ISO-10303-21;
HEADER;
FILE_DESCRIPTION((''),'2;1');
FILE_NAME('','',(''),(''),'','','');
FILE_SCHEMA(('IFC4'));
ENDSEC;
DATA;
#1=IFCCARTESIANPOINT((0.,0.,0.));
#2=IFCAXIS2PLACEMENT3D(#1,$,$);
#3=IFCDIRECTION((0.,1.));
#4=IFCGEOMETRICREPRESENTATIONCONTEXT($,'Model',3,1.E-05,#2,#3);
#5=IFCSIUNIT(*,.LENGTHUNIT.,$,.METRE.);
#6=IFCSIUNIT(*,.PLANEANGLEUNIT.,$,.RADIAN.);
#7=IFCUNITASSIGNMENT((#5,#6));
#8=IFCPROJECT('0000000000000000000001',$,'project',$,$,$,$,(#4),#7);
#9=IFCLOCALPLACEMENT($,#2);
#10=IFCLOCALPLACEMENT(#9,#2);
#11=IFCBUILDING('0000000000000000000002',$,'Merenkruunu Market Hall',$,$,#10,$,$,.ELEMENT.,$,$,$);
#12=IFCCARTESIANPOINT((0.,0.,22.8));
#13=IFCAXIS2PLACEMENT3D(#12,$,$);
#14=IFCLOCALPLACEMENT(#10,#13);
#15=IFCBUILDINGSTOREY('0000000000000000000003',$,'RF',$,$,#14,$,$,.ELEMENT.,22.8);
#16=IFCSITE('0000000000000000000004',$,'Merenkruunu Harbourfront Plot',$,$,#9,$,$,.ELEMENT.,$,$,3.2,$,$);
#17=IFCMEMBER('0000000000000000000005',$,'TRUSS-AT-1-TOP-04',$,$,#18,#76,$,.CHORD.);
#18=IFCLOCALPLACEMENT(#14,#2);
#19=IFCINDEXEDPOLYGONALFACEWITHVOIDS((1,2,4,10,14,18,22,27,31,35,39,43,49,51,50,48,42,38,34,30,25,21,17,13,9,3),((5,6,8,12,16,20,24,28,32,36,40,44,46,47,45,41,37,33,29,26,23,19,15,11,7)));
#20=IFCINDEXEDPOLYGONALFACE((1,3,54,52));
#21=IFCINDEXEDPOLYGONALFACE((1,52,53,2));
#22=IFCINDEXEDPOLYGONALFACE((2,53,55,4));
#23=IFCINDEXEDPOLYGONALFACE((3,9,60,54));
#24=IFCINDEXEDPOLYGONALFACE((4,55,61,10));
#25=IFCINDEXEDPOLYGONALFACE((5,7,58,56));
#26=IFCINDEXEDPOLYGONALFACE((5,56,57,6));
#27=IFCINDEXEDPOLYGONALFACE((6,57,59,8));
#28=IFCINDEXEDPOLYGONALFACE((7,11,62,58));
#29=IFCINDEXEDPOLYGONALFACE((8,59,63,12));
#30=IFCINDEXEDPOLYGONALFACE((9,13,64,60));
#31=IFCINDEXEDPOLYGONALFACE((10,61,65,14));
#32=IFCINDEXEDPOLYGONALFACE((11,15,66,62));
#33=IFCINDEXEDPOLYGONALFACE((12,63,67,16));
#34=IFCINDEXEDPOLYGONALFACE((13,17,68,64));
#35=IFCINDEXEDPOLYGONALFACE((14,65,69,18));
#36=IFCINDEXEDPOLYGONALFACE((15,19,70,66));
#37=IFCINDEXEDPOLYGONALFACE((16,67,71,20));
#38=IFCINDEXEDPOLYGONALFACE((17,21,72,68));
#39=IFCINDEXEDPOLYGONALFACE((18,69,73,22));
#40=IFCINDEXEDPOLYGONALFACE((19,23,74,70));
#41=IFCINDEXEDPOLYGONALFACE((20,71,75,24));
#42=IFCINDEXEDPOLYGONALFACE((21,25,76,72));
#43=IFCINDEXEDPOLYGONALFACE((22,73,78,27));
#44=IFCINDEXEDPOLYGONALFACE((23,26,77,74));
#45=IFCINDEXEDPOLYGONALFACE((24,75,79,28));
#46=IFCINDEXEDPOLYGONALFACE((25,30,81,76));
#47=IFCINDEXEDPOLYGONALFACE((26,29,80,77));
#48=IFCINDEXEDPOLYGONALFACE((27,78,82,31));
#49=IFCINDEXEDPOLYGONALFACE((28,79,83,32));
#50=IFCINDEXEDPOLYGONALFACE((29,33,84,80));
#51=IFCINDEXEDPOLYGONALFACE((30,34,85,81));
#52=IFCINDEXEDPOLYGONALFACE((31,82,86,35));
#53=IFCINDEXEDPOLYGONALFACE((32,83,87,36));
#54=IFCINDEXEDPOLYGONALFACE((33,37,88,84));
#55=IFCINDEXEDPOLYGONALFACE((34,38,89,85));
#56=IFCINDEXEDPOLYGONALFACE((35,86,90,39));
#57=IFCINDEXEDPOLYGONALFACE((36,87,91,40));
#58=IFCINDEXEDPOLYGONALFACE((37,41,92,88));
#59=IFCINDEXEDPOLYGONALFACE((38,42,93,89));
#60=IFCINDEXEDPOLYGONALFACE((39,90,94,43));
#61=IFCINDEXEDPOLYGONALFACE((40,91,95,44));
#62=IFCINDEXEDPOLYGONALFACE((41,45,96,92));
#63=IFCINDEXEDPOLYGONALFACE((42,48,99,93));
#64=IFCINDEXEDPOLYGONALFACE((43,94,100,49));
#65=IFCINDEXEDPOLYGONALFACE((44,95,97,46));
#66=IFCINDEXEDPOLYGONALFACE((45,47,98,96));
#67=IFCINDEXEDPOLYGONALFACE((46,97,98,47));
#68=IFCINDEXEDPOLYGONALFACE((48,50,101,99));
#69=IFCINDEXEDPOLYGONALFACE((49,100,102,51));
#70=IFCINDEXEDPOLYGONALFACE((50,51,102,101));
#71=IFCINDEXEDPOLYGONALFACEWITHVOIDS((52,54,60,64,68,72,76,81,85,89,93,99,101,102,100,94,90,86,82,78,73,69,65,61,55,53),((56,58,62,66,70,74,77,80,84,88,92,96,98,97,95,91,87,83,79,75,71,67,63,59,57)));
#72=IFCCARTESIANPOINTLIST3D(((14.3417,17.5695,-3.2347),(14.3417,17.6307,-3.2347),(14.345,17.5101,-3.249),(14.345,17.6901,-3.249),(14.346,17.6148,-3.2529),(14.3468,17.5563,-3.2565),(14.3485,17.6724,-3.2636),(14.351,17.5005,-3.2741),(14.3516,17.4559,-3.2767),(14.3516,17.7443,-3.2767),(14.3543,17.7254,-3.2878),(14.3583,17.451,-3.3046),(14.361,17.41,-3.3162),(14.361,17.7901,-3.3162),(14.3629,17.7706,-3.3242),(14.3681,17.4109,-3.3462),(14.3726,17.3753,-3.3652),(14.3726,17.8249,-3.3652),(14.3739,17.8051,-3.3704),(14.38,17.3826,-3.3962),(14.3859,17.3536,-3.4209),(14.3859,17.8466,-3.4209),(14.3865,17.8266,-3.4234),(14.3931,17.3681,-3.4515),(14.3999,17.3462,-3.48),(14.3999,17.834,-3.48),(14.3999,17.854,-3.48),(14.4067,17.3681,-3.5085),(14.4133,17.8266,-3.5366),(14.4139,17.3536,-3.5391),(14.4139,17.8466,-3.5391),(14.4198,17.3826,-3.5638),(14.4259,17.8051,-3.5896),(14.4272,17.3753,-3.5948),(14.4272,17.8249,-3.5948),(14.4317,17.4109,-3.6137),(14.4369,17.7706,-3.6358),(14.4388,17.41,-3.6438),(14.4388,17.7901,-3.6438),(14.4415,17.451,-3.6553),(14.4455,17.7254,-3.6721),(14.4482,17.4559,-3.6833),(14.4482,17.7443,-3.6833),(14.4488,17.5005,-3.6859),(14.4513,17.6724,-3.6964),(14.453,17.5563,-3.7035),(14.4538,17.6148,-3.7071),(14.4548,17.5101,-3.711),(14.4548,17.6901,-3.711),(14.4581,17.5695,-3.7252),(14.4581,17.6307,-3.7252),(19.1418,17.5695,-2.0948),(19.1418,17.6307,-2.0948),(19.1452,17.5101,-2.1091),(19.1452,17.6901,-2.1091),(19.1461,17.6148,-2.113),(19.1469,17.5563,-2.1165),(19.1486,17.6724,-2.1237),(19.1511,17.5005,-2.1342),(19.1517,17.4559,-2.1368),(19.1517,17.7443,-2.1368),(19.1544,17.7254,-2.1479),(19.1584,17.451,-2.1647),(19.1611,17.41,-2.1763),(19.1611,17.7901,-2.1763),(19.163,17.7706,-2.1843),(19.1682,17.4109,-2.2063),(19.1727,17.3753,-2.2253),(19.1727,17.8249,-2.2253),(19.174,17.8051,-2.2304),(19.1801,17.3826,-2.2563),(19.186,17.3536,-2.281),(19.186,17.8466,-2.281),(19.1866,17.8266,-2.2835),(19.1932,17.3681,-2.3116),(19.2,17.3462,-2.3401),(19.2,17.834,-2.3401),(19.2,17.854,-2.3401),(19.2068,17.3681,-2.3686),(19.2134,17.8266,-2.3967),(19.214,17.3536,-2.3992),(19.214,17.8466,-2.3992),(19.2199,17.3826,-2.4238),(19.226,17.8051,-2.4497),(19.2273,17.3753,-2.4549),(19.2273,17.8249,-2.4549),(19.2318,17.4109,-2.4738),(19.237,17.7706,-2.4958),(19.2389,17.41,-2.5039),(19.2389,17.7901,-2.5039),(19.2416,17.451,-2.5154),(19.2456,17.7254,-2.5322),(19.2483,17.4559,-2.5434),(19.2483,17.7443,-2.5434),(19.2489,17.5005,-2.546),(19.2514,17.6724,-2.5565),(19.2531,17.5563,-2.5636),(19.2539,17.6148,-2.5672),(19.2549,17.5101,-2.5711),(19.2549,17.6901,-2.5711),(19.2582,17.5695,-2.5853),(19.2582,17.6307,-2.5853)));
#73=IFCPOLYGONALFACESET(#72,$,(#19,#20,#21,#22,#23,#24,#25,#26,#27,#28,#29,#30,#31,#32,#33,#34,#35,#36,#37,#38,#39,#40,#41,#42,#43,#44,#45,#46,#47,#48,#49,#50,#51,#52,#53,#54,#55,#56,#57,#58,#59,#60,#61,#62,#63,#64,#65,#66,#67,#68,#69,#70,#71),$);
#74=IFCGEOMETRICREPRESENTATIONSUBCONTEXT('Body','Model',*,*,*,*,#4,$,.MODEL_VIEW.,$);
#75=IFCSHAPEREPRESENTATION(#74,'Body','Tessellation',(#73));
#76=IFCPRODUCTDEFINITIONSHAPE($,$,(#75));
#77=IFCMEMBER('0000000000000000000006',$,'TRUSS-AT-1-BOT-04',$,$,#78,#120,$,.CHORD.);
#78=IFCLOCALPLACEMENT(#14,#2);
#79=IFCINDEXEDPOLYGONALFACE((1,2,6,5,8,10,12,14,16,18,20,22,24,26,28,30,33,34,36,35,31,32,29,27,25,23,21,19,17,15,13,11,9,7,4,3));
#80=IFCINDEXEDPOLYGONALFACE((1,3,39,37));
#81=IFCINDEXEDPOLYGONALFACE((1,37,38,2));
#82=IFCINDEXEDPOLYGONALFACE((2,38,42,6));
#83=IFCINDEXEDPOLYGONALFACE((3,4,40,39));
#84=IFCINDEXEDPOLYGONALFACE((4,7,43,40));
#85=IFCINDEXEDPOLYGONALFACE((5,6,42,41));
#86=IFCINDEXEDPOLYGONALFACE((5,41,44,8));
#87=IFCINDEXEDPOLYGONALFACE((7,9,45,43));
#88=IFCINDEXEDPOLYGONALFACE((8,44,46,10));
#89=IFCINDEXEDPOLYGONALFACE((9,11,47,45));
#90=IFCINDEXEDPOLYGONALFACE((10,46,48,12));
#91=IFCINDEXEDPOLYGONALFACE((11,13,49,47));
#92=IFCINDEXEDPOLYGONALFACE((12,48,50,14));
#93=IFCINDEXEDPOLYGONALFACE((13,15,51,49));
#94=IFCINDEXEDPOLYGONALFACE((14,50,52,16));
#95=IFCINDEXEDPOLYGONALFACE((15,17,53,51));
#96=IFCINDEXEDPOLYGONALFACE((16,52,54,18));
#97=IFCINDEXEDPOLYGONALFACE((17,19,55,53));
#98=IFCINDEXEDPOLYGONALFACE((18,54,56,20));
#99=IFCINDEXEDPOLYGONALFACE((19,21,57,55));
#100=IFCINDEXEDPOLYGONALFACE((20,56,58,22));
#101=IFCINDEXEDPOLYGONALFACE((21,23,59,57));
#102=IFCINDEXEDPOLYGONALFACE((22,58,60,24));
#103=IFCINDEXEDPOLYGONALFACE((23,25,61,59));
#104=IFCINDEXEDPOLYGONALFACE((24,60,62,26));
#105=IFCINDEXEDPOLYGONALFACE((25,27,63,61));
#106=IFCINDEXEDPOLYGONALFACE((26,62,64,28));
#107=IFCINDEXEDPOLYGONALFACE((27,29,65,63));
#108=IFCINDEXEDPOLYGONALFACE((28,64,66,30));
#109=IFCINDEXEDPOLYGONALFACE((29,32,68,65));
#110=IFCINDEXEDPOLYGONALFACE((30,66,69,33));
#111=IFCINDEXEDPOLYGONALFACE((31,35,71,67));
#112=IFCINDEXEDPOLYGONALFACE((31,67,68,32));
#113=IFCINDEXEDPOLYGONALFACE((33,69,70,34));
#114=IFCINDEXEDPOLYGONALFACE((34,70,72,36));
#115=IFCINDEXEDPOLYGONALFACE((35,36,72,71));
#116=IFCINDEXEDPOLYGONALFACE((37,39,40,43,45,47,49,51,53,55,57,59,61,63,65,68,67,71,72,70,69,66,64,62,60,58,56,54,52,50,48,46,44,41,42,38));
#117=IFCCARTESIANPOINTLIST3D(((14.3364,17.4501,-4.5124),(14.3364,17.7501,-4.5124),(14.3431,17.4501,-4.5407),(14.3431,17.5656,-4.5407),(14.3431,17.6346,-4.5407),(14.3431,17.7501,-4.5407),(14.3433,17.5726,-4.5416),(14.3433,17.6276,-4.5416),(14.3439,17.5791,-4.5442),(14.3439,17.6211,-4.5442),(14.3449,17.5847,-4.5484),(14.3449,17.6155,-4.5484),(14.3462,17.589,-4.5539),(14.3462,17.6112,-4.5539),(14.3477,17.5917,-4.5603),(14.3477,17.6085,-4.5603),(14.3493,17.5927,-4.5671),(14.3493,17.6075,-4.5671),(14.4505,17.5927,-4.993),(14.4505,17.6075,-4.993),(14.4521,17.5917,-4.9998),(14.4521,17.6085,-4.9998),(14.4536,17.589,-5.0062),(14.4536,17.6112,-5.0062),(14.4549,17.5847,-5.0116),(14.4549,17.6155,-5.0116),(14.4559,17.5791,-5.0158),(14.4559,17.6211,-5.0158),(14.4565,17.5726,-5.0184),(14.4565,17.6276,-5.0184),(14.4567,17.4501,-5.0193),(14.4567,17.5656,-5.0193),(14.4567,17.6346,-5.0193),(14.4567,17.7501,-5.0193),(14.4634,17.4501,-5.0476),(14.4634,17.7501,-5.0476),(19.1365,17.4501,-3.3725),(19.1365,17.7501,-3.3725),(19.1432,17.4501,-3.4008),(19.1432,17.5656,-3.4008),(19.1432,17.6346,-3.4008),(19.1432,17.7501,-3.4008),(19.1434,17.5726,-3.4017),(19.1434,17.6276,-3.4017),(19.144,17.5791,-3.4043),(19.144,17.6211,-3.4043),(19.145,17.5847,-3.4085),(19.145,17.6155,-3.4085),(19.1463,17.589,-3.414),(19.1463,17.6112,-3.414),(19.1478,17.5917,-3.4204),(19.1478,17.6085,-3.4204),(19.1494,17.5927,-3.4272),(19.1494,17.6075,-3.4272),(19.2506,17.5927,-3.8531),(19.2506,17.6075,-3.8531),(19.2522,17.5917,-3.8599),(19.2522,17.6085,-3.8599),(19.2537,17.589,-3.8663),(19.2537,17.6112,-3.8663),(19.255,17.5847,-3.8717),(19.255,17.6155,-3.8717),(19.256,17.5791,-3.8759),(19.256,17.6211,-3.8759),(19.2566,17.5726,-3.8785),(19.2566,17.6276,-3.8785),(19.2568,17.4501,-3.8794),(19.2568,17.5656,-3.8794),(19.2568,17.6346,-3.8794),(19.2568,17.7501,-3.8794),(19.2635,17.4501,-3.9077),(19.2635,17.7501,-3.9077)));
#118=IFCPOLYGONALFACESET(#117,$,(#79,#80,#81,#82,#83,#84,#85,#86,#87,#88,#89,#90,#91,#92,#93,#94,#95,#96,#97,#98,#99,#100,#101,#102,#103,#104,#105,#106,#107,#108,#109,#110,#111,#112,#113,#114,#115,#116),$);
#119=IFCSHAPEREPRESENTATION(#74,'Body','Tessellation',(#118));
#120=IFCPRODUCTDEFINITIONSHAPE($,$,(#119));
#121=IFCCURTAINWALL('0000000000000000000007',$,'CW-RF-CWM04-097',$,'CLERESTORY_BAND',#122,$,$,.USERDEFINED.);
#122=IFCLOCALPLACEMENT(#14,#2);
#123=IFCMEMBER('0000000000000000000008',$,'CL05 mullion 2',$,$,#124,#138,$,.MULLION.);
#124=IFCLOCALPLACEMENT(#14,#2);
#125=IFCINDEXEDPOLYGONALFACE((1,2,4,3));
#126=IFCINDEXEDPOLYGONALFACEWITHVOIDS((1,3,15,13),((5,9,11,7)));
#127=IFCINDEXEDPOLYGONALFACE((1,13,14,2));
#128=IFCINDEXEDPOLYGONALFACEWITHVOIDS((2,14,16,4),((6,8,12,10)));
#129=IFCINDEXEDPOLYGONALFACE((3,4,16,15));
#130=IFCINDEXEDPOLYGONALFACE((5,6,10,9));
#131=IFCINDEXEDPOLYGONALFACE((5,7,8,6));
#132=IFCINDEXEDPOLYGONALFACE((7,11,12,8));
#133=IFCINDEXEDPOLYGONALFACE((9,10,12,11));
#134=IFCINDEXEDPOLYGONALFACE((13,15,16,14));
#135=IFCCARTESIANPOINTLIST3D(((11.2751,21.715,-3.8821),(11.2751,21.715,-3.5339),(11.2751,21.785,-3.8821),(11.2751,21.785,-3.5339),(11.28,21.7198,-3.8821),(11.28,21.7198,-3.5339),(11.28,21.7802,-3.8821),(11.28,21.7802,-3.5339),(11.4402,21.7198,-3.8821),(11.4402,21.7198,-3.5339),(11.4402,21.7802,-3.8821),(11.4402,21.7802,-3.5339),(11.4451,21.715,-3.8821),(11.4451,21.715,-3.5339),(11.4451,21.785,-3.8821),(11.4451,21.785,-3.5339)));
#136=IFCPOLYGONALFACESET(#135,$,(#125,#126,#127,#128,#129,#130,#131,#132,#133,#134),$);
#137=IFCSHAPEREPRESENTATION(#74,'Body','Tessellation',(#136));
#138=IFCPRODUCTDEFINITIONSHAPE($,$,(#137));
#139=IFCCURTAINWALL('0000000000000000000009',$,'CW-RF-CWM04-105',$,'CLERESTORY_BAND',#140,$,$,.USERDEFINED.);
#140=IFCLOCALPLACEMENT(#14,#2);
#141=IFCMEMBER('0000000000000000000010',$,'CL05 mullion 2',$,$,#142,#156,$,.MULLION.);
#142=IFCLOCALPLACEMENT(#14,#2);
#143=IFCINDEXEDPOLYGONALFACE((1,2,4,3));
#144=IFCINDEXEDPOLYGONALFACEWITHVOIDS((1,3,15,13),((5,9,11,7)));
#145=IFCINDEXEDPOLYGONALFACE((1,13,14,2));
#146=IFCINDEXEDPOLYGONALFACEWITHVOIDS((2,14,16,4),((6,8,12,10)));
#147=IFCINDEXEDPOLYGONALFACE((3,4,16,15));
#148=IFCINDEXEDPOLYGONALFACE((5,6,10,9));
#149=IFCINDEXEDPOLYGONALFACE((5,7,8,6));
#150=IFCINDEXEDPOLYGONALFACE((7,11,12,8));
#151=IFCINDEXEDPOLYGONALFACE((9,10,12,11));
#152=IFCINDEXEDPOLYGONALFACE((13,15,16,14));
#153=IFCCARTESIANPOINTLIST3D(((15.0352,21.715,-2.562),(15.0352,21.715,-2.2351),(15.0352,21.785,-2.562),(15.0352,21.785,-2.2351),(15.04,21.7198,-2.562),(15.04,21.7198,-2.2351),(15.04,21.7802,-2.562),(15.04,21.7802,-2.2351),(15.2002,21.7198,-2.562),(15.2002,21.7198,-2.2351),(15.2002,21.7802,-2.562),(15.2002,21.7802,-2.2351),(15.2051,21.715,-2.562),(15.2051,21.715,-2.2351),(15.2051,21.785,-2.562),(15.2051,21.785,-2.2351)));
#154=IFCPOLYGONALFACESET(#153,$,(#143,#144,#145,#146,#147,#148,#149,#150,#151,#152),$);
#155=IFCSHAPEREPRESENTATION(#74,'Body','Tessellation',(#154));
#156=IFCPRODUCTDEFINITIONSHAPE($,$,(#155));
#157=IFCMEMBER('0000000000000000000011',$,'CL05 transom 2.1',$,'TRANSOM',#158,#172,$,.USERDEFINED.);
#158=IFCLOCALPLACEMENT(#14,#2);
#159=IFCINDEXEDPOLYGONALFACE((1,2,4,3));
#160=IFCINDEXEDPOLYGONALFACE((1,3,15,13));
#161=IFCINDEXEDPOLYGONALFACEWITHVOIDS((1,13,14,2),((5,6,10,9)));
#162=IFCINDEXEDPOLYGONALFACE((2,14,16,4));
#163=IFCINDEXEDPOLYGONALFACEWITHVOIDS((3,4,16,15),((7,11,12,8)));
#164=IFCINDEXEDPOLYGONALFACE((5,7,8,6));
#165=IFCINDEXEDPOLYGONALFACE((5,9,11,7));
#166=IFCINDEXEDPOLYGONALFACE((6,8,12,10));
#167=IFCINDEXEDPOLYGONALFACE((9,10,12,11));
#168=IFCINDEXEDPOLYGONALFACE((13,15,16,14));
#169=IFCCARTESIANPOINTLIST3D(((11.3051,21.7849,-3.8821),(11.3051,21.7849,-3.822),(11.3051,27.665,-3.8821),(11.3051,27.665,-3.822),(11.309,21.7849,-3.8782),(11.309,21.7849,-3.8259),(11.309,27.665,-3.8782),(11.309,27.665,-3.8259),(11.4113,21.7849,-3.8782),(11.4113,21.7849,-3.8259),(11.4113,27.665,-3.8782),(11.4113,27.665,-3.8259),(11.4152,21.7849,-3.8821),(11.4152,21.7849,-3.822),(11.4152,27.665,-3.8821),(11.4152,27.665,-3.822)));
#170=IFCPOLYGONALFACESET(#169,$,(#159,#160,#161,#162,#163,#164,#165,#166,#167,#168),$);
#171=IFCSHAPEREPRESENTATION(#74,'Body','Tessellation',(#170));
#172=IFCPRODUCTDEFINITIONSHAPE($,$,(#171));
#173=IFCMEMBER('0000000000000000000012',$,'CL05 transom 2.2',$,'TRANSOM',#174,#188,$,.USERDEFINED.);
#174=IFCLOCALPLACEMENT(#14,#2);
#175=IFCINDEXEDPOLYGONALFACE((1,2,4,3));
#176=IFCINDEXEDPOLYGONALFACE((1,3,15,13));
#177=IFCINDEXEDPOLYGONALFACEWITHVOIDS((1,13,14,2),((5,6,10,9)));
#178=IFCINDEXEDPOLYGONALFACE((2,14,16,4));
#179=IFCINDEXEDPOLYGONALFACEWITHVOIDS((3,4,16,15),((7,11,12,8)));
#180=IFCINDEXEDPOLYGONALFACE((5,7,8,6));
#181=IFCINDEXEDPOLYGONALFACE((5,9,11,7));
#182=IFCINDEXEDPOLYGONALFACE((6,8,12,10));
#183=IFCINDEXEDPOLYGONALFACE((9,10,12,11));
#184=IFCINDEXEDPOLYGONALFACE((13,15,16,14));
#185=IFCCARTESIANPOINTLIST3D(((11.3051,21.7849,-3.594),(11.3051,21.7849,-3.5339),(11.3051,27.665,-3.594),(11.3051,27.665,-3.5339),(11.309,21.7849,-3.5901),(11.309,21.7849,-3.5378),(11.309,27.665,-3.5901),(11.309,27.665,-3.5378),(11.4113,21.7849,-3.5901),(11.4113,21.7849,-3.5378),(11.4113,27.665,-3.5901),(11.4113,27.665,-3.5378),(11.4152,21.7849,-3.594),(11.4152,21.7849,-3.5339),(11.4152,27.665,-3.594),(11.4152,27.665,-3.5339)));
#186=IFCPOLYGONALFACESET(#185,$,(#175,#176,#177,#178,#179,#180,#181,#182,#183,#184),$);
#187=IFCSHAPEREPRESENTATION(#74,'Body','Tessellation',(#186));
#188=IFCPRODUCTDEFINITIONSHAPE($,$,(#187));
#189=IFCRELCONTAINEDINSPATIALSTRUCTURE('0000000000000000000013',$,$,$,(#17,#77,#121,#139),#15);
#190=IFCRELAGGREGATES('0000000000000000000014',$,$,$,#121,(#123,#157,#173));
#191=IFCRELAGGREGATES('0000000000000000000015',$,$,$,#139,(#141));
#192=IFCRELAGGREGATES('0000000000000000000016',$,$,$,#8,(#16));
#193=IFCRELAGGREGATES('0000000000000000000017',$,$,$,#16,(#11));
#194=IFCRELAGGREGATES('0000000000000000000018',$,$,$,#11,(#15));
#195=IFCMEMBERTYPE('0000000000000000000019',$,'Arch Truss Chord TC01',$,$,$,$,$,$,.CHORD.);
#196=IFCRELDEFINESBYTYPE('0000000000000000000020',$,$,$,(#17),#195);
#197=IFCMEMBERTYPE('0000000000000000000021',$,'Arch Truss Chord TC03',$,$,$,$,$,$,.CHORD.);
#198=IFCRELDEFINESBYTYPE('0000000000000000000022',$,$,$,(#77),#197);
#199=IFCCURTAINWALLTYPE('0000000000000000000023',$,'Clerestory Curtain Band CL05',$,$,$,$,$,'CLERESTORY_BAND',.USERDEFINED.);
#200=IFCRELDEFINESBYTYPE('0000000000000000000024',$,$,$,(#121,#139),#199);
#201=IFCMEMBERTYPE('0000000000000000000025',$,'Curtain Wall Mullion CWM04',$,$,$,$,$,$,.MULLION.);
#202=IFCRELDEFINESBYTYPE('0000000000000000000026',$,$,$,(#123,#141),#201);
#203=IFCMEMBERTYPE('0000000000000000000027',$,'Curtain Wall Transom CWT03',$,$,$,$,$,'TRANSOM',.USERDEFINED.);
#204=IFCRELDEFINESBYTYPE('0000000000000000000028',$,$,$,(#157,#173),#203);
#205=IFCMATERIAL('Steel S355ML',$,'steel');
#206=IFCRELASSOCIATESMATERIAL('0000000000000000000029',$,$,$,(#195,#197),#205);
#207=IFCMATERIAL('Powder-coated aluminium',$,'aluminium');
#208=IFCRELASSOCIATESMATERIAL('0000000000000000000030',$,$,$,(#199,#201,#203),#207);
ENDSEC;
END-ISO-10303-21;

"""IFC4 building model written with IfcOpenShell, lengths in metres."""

from ifc_helpers import new_model, si_unit, direction, frame, origin, origin_2d, place, context, subcontext, project, spatial, hollow_rectangle, hollow_circle, i_section, extrude, material, material_profile, profile_set, type_object, element, aggregate, save


model = new_model("IFC4")

# Units and contexts
model_context = context("Model", 3, precision=1e-05, world=origin(), true_north=direction((0.0, 1.0)))
body_context = subcontext(model_context, "Body", "Model", "MODEL_VIEW")
ifc_project = project(units=[si_unit("LENGTHUNIT", "METRE"), si_unit("PLANEANGLEUNIT", "RADIAN")], contexts=[model_context])

# Site, building, storey
site_placement = place(None, origin())
site = spatial("IfcSite", under=ifc_project, at=site_placement, Name="Merenkruunu Harbourfront Plot", CompositionType="ELEMENT", RefElevation=3.2)
building_placement = place(site_placement, origin())
building = spatial("IfcBuilding", under=site, at=building_placement, Name="Merenkruunu Market Hall", CompositionType="ELEMENT")
storey_placement = place(building_placement, frame((0.0, 0.0, 22.8)))
storey = spatial("IfcBuildingStorey", under=building, at=storey_placement, Name="RF", CompositionType="ELEMENT", Elevation=22.8)

# Members
ifc_material_1 = material(Name="Steel S355ML", Category="steel")
ifc_material_profile_1 = material_profile(ifc_material_1, hollow_circle(Radius=0.2539, WallThickness=0.02, at=origin_2d()), Name="CHS 508x20")
ifc_profile_set_1 = profile_set([ifc_material_profile_1], Name="Steel S355ML")
member_type_1 = type_object("IfcMemberType", Name="Arch Truss Chord TC01", PredefinedType="CHORD", material=ifc_profile_set_1)
member_1_placement = place(storey_placement, frame((14.3999, 17.6001, -3.48), z_axis=(0.972942, 0.0, 0.23105), x_axis=(0.0, 1.0, 0.0)))
element("IfcMember", 1, at=member_1_placement, inside=storey, type_object=member_type_1, Name="TRUSS-AT-1-TOP-04", PredefinedType="CHORD", context=body_context, shape_type="SweptSolid", body=[
    extrude(hollow_circle(Radius=0.2539, WallThickness=0.02, at=origin_2d()), origin(), (0.0, 0.0, 1.0), 4.9336),
])
ifc_material_profile_2 = material_profile(ifc_material_1, i_section(OverallWidth=0.3, OverallDepth=0.55, WebThickness=0.0149, FlangeThickness=0.0291, FilletRadius=0.0271, at=origin_2d()), Name="HEB 550")
ifc_profile_set_2 = profile_set([ifc_material_profile_2], Name="Steel S355ML")
member_type_2 = type_object("IfcMemberType", Name="Arch Truss Chord TC03", PredefinedType="CHORD", material=ifc_profile_set_2)
member_2_placement = place(storey_placement, frame((14.3999, 17.6001, -4.78), z_axis=(0.972942, 0.0, 0.23105), x_axis=(0.0, 1.0, 0.0)))
element("IfcMember", 2, at=member_2_placement, inside=storey, type_object=member_type_2, Name="TRUSS-AT-1-BOT-04", PredefinedType="CHORD", context=body_context, shape_type="SweptSolid", body=[
    extrude(i_section(OverallWidth=0.3, OverallDepth=0.55, WebThickness=0.0149, FlangeThickness=0.0291, FilletRadius=0.0271, at=origin_2d()), origin(), (0.0, 0.0, 1.0), 4.9336),
])

# Curtain walls, members
ifc_material_2 = material(Name="Powder-coated aluminium", Category="aluminium")
curtain_wall_type = type_object("IfcCurtainWallType", Name="Clerestory Curtain Band CL05", ElementType="CLERESTORY_BAND", PredefinedType="USERDEFINED", material=ifc_material_2)
curtain_wall_1_placement = place(storey_placement, origin())
curtain_wall_1 = element("IfcCurtainWall", 3, at=curtain_wall_1_placement, inside=storey, type_object=curtain_wall_type, Name="CW-RF-CWM04-097", ObjectType="CLERESTORY_BAND", PredefinedType="USERDEFINED")
ifc_material_profile_3 = material_profile(ifc_material_2, hollow_rectangle(XDim=0.0701, YDim=0.1699, WallThickness=0.0049, at=origin_2d()), Name="ALU 70x170x5")
ifc_profile_set_3 = profile_set([ifc_material_profile_3], Name="Powder-coated aluminium")
member_type_3 = type_object("IfcMemberType", Name="Curtain Wall Mullion CWM04", PredefinedType="MULLION", material=ifc_profile_set_3)
member_3_placement = place(storey_placement, frame((11.3601, 21.75, -3.8821), z_axis=(0.0, 0.0, 1.0), x_axis=(0.0, 1.0, 0.0)))
member_3 = element("IfcMember", 4, at=member_3_placement, type_object=member_type_3, Name="CL05 mullion 2", PredefinedType="MULLION", context=body_context, shape_type="SweptSolid", body=[
    extrude(hollow_rectangle(XDim=0.0701, YDim=0.1699, WallThickness=0.0049, at=origin_2d()), origin(), (0.0, 0.0, 1.0), 0.3481),
])
curtain_wall_2_placement = place(storey_placement, origin())
curtain_wall_2 = element("IfcCurtainWall", 5, at=curtain_wall_2_placement, inside=storey, type_object=curtain_wall_type, Name="CW-RF-CWM04-105", ObjectType="CLERESTORY_BAND", PredefinedType="USERDEFINED")
member_4_placement = place(storey_placement, frame((15.1201, 21.75, -2.562), z_axis=(0.0, 0.0, 1.0), x_axis=(0.0, 1.0, 0.0)))
member_4 = element("IfcMember", 6, at=member_4_placement, type_object=member_type_3, Name="CL05 mullion 2", PredefinedType="MULLION", context=body_context, shape_type="SweptSolid", body=[
    extrude(hollow_rectangle(XDim=0.0701, YDim=0.1699, WallThickness=0.0049, at=origin_2d()), origin(), (0.0, 0.0, 1.0), 0.3269),
])

# Members
ifc_material_profile_4 = material_profile(ifc_material_2, hollow_rectangle(XDim=0.0601, YDim=0.1101, WallThickness=0.0039, at=origin_2d()), Name="ALU 60x110x4")
ifc_profile_set_4 = profile_set([ifc_material_profile_4], Name="Powder-coated aluminium")
member_type_4 = type_object("IfcMemberType", Name="Curtain Wall Transom CWT03", ElementType="TRANSOM", PredefinedType="USERDEFINED", material=ifc_profile_set_4)
member_5_placement = place(storey_placement, frame((11.3601, 21.7849, -3.8521), z_axis=(0.0, 1.0, 0.0), x_axis=(0.0, 0.0, 1.0)))
member_5 = element("IfcMember", 7, at=member_5_placement, type_object=member_type_4, Name="CL05 transom 2.1", ObjectType="TRANSOM", PredefinedType="USERDEFINED", context=body_context, shape_type="SweptSolid", body=[
    extrude(hollow_rectangle(XDim=0.0601, YDim=0.1101, WallThickness=0.0039, at=origin_2d()), origin(), (0.0, 0.0, 1.0), 5.8801),
])
member_6_placement = place(storey_placement, frame((11.3601, 21.7849, -3.564), z_axis=(0.0, 1.0, 0.0), x_axis=(0.0, 0.0, 1.0)))
member_6 = element("IfcMember", 8, at=member_6_placement, type_object=member_type_4, Name="CL05 transom 2.2", ObjectType="TRANSOM", PredefinedType="USERDEFINED", context=body_context, shape_type="SweptSolid", body=[
    extrude(hollow_rectangle(XDim=0.0601, YDim=0.1101, WallThickness=0.0039, at=origin_2d()), origin(), (0.0, 0.0, 1.0), 5.8801),
])

aggregate(curtain_wall_1, [member_3, member_5, member_6])
aggregate(curtain_wall_2, [member_4])

save(model, "model.ifc")
